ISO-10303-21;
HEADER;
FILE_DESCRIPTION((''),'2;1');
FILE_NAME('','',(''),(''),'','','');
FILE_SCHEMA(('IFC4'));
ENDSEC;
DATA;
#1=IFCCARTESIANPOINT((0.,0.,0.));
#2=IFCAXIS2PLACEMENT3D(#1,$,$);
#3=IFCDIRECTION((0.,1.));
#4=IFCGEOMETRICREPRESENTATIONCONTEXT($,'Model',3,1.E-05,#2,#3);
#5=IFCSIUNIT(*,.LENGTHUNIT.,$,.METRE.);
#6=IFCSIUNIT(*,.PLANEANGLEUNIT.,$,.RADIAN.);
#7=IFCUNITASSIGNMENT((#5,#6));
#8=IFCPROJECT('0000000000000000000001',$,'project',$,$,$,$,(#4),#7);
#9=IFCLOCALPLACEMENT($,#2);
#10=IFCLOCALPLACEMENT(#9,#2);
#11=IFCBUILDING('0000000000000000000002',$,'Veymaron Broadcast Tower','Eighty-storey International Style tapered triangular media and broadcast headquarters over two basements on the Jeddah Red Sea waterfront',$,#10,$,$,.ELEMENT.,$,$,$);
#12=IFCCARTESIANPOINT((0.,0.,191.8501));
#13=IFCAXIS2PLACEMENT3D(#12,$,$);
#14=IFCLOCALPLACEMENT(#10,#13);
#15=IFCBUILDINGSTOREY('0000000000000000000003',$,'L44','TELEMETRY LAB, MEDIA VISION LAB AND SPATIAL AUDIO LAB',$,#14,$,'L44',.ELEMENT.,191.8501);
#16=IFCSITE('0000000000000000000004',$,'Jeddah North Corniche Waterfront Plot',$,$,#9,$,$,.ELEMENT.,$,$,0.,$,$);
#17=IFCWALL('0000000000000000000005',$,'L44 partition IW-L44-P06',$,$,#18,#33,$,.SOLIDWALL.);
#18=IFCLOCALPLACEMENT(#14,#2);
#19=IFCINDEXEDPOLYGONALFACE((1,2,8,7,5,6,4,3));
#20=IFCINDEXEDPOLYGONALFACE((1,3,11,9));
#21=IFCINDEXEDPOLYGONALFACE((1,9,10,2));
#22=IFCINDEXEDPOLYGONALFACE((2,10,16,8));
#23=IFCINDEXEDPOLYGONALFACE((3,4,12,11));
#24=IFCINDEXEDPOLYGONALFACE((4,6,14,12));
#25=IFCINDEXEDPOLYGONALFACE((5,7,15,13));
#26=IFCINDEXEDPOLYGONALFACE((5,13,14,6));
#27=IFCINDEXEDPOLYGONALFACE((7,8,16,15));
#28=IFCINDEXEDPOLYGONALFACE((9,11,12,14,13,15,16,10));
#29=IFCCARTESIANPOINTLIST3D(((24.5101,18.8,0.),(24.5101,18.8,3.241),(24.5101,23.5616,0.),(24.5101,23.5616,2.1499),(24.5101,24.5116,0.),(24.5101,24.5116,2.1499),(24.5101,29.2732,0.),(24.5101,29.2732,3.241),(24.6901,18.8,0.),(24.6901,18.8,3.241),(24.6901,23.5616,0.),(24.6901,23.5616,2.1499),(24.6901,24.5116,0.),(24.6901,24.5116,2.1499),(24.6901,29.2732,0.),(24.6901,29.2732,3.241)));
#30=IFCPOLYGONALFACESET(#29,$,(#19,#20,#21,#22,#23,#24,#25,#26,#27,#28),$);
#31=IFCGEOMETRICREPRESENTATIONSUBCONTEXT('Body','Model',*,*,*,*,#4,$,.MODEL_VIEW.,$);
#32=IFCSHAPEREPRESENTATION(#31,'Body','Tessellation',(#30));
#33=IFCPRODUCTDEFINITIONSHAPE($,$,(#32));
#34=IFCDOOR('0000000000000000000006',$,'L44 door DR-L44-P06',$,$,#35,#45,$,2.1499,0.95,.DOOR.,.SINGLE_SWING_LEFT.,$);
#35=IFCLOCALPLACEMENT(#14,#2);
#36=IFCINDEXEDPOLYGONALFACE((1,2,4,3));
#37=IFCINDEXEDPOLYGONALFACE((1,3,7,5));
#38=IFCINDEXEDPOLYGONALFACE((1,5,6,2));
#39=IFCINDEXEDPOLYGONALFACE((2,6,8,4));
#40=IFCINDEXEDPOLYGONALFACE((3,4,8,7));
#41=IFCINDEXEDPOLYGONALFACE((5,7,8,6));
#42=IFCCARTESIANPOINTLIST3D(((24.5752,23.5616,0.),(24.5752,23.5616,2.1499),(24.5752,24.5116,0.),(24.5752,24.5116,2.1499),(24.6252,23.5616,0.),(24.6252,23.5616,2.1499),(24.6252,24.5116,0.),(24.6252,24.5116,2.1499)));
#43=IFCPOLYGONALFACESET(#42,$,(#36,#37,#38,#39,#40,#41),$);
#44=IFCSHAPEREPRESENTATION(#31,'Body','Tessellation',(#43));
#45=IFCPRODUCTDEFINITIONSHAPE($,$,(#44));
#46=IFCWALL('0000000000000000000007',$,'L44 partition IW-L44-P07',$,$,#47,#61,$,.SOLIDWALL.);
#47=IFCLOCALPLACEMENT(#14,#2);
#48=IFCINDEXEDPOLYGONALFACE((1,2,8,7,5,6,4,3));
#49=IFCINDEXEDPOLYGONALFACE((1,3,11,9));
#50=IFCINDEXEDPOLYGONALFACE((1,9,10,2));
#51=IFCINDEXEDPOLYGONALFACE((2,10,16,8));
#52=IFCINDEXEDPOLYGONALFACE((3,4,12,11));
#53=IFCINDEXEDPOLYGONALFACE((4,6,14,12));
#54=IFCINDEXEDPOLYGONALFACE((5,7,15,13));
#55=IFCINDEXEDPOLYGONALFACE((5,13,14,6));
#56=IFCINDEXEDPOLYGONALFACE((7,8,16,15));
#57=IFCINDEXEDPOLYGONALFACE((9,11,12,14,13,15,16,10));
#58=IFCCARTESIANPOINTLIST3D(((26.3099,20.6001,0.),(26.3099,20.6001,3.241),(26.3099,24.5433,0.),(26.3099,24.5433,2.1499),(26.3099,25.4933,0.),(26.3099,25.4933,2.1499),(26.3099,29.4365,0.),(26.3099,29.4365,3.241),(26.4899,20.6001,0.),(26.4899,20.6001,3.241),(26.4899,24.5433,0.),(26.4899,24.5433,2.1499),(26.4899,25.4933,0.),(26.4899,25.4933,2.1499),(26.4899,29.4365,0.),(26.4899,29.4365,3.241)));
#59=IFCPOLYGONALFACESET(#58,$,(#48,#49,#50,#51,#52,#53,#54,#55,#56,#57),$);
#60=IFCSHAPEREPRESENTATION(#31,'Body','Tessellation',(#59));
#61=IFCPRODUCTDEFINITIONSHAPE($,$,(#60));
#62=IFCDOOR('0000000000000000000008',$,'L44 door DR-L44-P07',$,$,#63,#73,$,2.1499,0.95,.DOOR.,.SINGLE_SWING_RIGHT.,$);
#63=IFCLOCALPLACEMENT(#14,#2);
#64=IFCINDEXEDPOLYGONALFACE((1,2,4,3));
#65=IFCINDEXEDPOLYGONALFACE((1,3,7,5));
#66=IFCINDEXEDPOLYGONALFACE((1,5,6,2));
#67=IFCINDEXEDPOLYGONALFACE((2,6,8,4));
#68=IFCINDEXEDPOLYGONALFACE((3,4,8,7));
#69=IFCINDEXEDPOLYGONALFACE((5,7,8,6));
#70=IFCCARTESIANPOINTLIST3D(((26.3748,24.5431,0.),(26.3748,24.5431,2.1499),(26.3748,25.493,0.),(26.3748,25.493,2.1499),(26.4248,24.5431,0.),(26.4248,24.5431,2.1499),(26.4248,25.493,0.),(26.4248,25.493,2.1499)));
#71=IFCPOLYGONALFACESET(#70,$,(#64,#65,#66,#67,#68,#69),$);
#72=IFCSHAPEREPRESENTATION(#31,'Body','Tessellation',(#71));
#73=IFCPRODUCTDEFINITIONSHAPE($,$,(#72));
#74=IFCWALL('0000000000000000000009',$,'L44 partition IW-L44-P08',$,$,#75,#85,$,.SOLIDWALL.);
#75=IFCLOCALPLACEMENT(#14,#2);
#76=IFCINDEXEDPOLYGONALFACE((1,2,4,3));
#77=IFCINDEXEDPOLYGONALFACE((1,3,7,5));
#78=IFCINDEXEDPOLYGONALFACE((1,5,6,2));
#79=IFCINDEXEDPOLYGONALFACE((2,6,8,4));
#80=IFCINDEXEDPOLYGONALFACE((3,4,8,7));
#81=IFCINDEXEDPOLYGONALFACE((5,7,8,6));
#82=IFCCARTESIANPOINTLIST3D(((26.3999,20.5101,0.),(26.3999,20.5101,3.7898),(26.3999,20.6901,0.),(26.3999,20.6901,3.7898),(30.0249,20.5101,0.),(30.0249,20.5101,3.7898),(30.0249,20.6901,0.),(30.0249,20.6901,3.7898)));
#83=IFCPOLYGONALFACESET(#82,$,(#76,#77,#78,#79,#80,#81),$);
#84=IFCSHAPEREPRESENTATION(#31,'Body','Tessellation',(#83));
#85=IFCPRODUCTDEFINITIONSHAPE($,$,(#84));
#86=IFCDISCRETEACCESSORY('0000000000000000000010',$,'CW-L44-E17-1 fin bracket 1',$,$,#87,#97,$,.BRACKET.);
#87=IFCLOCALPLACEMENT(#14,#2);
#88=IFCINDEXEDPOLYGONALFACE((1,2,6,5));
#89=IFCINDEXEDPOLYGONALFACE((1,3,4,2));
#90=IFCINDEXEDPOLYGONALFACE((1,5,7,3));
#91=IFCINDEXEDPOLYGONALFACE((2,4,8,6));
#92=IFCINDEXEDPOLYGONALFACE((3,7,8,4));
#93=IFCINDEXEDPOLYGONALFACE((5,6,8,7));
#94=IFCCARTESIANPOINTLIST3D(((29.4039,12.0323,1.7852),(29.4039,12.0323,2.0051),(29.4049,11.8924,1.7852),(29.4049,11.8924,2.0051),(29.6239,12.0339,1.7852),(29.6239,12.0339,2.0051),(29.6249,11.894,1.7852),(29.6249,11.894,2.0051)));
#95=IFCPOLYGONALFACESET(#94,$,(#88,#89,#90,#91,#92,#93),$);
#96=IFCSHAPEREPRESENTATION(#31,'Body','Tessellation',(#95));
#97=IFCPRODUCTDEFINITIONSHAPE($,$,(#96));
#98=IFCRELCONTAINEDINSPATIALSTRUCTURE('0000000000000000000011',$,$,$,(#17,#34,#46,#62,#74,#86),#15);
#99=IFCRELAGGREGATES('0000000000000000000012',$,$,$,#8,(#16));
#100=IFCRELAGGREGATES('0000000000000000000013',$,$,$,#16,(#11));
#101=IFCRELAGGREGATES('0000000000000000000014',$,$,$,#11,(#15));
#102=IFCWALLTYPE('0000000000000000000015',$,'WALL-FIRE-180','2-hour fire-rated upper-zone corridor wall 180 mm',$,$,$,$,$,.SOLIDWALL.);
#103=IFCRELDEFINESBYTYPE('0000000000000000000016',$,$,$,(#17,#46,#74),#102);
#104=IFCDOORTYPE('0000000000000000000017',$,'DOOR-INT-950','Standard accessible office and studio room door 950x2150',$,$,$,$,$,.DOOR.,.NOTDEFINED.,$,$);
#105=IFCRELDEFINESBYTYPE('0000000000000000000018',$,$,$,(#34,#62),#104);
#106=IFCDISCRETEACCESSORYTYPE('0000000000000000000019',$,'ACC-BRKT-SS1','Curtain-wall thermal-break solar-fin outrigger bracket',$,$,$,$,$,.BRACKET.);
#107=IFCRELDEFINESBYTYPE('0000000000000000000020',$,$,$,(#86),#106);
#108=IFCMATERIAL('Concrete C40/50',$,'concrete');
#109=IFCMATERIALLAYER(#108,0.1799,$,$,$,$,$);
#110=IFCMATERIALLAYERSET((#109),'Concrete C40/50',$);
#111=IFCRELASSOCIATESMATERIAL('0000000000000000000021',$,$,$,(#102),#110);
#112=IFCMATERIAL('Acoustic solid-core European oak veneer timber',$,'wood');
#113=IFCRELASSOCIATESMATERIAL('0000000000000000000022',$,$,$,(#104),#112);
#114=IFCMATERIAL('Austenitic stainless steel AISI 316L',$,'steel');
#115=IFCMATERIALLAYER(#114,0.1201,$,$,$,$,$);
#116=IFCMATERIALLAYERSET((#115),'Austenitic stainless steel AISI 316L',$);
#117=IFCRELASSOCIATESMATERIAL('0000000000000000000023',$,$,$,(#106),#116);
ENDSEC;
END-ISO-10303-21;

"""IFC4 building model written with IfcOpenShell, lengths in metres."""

from ifc_helpers import new_model, si_unit, direction, frame, frame_2d, origin, origin_2d, place, context, subcontext, project, spatial, rectangle, extrude, material, layer, layer_set, type_object, element, fill, save


model = new_model("IFC4")

# Units and contexts
model_context = context("Model", 3, precision=1e-05, world=origin(), true_north=direction((0.0, 1.0)))
body_context = subcontext(model_context, "Body", "Model", "MODEL_VIEW")
ifc_project = project(units=[si_unit("LENGTHUNIT", "METRE"), si_unit("PLANEANGLEUNIT", "RADIAN")], contexts=[model_context])

# Site, building, storey
site_placement = place(None, origin())
site = spatial("IfcSite", under=ifc_project, at=site_placement, Name="Jeddah North Corniche Waterfront Plot", CompositionType="ELEMENT", RefElevation=0.0)
building_placement = place(site_placement, origin())
building = spatial("IfcBuilding", under=site, at=building_placement, Name="Veymaron Broadcast Tower", Description="Eighty-storey International Style tapered triangular media and broadcast headquarters over two basements on the Jeddah Red Sea waterfront", CompositionType="ELEMENT")
storey_placement = place(building_placement, frame((0.0, 0.0, 191.8501)))
storey = spatial("IfcBuildingStorey", under=building, at=storey_placement, Name="L44", Description="TELEMETRY LAB, MEDIA VISION LAB AND SPATIAL AUDIO LAB", LongName="L44", CompositionType="ELEMENT", Elevation=191.8501)

# Shared definitions
ifc_material_1 = material(Name="Concrete C40/50", Category="concrete")

# Walls, openings, doors
ifc_layer_1 = layer(ifc_material_1, 0.1799)
ifc_layer_set_1 = layer_set([ifc_layer_1], Name="Concrete C40/50")
wall_type_1 = type_object("IfcWallType", Name="WALL-FIRE-180", Description="2-hour fire-rated upper-zone corridor wall 180 mm", PredefinedType="SOLIDWALL", material=ifc_layer_set_1)
ifc_material_2 = material(Name="Acoustic solid-core European oak veneer timber", Category="wood")
door_type = type_object("IfcDoorType", Name="DOOR-INT-950", Description="Standard accessible office and studio room door 950x2150", OperationType="NOTDEFINED", PredefinedType="DOOR", material=ifc_material_2)
wall_1_placement = place(storey_placement, frame((24.6001, 18.8, 0.0), z_axis=(0.0, 0.0, 1.0), x_axis=(0.0, 1.0, 0.0)))
wall_1 = element("IfcWall", 1, at=wall_1_placement, inside=storey, type_object=wall_type_1, Name="L44 partition IW-L44-P06", PredefinedType="SOLIDWALL", context=body_context, shape_type="SweptSolid", body=[
    extrude(rectangle(XDim=10.4731, YDim=0.1799, at=frame_2d((5.2366, 0.0))), origin(), (0.0, 0.0, 1.0), 3.241),
])
opening_1_placement = place(wall_1_placement, frame((4.7615, 0.0, 0.0)))
opening_1 = element("IfcOpeningElement", 2, at=opening_1_placement, cuts=wall_1, PredefinedType="OPENING", context=body_context, shape_type="SweptSolid", body=[
    extrude(rectangle(XDim=0.95, YDim=2.1499, at=frame_2d((0.4751, 1.075))), frame((0.0, 0.1001, 0.0), z_axis=(0.0, -1.0, 0.0), x_axis=(1.0, 0.0, 0.0)), (0.0, 0.0, 1.0), 0.2),
])
door_1_placement = place(opening_1_placement, origin())
door_1 = element("IfcDoor", 3, at=door_1_placement, inside=storey, type_object=door_type, Name="L44 door DR-L44-P06", OperationType="SINGLE_SWING_LEFT", OverallHeight=2.1499, OverallWidth=0.95, PredefinedType="DOOR", context=body_context, shape_type="SweptSolid", body=[
    extrude(rectangle(XDim=0.95, YDim=2.1499, at=frame_2d((0.4751, 1.075))), frame((0.0, 0.0249, 0.0), z_axis=(0.0, -1.0, 0.0), x_axis=(1.0, 0.0, 0.0)), (0.0, 0.0, 1.0), 0.05),
])
fill(opening_1, door_1)
wall_2_placement = place(storey_placement, frame((26.3999, 20.6001, 0.0), z_axis=(0.0, 0.0, 1.0), x_axis=(0.0, 1.0, 0.0)))
wall_2 = element("IfcWall", 4, at=wall_2_placement, inside=storey, type_object=wall_type_1, Name="L44 partition IW-L44-P07", PredefinedType="SOLIDWALL", context=body_context, shape_type="SweptSolid", body=[
    extrude(rectangle(XDim=8.8364, YDim=0.1799, at=frame_2d((4.4182, 0.0))), origin(), (0.0, 0.0, 1.0), 3.241),
])
opening_2_placement = place(wall_2_placement, frame((3.9431, 0.0, 0.0)))
opening_2 = element("IfcOpeningElement", 5, at=opening_2_placement, cuts=wall_2, PredefinedType="OPENING", context=body_context, shape_type="SweptSolid", body=[
    extrude(rectangle(XDim=0.95, YDim=2.1499, at=frame_2d((0.4751, 1.075))), frame((0.0, 0.1001, 0.0), z_axis=(0.0, -1.0, 0.0), x_axis=(1.0, 0.0, 0.0)), (0.0, 0.0, 1.0), 0.2),
])
door_2_placement = place(opening_2_placement, frame((0.95, 0.0, 0.0), z_axis=(0.0, 0.0, 1.0), x_axis=(-1.0, 0.0, 0.0)))
door_2 = element("IfcDoor", 6, at=door_2_placement, inside=storey, type_object=door_type, Name="L44 door DR-L44-P07", OperationType="SINGLE_SWING_RIGHT", OverallHeight=2.1499, OverallWidth=0.95, PredefinedType="DOOR", context=body_context, shape_type="SweptSolid", body=[
    extrude(rectangle(XDim=0.95, YDim=2.1499, at=frame_2d((0.4751, 1.075))), frame((0.0, 0.0249, 0.0), z_axis=(0.0, -1.0, 0.0), x_axis=(1.0, 0.0, 0.0)), (0.0, 0.0, 1.0), 0.05),
])
fill(opening_2, door_2)

# Wall
wall_3_placement = place(storey_placement, frame((26.3999, 20.6001, 0.0), z_axis=(0.0, 0.0, 1.0), x_axis=(1.0, 0.0, 0.0)))
element("IfcWall", 7, at=wall_3_placement, inside=storey, type_object=wall_type_1, Name="L44 partition IW-L44-P08", PredefinedType="SOLIDWALL", context=body_context, shape_type="SweptSolid", body=[
    extrude(rectangle(XDim=3.625, YDim=0.1799, at=frame_2d((1.8125, 0.0))), origin(), (0.0, 0.0, 1.0), 3.7898),
])

# Discrete accessory
ifc_material_3 = material(Name="Austenitic stainless steel AISI 316L", Category="steel")
ifc_layer_2 = layer(ifc_material_3, 0.1201)
ifc_layer_set_2 = layer_set([ifc_layer_2], Name="Austenitic stainless steel AISI 316L")
discrete_accessory_type = type_object("IfcDiscreteAccessoryType", Name="ACC-BRKT-SS1", Description="Curtain-wall thermal-break solar-fin outrigger bracket", PredefinedType="BRACKET", material=ifc_layer_set_2)
discrete_accessory_placement = place(storey_placement, frame((29.5144, 11.9631, 1.7852), z_axis=(0.0, 0.0, 1.0), x_axis=(-0.999975, -0.007138, 0.0)))
element("IfcDiscreteAccessory", 8, at=discrete_accessory_placement, inside=storey, type_object=discrete_accessory_type, Name="CW-L44-E17-1 fin bracket 1", PredefinedType="BRACKET", context=body_context, shape_type="SweptSolid", body=[
    extrude(rectangle(XDim=0.22, YDim=0.1399, at=origin_2d()), origin(), (0.0, 0.0, 1.0), 0.22),
])

save(model, "model.ifc")
